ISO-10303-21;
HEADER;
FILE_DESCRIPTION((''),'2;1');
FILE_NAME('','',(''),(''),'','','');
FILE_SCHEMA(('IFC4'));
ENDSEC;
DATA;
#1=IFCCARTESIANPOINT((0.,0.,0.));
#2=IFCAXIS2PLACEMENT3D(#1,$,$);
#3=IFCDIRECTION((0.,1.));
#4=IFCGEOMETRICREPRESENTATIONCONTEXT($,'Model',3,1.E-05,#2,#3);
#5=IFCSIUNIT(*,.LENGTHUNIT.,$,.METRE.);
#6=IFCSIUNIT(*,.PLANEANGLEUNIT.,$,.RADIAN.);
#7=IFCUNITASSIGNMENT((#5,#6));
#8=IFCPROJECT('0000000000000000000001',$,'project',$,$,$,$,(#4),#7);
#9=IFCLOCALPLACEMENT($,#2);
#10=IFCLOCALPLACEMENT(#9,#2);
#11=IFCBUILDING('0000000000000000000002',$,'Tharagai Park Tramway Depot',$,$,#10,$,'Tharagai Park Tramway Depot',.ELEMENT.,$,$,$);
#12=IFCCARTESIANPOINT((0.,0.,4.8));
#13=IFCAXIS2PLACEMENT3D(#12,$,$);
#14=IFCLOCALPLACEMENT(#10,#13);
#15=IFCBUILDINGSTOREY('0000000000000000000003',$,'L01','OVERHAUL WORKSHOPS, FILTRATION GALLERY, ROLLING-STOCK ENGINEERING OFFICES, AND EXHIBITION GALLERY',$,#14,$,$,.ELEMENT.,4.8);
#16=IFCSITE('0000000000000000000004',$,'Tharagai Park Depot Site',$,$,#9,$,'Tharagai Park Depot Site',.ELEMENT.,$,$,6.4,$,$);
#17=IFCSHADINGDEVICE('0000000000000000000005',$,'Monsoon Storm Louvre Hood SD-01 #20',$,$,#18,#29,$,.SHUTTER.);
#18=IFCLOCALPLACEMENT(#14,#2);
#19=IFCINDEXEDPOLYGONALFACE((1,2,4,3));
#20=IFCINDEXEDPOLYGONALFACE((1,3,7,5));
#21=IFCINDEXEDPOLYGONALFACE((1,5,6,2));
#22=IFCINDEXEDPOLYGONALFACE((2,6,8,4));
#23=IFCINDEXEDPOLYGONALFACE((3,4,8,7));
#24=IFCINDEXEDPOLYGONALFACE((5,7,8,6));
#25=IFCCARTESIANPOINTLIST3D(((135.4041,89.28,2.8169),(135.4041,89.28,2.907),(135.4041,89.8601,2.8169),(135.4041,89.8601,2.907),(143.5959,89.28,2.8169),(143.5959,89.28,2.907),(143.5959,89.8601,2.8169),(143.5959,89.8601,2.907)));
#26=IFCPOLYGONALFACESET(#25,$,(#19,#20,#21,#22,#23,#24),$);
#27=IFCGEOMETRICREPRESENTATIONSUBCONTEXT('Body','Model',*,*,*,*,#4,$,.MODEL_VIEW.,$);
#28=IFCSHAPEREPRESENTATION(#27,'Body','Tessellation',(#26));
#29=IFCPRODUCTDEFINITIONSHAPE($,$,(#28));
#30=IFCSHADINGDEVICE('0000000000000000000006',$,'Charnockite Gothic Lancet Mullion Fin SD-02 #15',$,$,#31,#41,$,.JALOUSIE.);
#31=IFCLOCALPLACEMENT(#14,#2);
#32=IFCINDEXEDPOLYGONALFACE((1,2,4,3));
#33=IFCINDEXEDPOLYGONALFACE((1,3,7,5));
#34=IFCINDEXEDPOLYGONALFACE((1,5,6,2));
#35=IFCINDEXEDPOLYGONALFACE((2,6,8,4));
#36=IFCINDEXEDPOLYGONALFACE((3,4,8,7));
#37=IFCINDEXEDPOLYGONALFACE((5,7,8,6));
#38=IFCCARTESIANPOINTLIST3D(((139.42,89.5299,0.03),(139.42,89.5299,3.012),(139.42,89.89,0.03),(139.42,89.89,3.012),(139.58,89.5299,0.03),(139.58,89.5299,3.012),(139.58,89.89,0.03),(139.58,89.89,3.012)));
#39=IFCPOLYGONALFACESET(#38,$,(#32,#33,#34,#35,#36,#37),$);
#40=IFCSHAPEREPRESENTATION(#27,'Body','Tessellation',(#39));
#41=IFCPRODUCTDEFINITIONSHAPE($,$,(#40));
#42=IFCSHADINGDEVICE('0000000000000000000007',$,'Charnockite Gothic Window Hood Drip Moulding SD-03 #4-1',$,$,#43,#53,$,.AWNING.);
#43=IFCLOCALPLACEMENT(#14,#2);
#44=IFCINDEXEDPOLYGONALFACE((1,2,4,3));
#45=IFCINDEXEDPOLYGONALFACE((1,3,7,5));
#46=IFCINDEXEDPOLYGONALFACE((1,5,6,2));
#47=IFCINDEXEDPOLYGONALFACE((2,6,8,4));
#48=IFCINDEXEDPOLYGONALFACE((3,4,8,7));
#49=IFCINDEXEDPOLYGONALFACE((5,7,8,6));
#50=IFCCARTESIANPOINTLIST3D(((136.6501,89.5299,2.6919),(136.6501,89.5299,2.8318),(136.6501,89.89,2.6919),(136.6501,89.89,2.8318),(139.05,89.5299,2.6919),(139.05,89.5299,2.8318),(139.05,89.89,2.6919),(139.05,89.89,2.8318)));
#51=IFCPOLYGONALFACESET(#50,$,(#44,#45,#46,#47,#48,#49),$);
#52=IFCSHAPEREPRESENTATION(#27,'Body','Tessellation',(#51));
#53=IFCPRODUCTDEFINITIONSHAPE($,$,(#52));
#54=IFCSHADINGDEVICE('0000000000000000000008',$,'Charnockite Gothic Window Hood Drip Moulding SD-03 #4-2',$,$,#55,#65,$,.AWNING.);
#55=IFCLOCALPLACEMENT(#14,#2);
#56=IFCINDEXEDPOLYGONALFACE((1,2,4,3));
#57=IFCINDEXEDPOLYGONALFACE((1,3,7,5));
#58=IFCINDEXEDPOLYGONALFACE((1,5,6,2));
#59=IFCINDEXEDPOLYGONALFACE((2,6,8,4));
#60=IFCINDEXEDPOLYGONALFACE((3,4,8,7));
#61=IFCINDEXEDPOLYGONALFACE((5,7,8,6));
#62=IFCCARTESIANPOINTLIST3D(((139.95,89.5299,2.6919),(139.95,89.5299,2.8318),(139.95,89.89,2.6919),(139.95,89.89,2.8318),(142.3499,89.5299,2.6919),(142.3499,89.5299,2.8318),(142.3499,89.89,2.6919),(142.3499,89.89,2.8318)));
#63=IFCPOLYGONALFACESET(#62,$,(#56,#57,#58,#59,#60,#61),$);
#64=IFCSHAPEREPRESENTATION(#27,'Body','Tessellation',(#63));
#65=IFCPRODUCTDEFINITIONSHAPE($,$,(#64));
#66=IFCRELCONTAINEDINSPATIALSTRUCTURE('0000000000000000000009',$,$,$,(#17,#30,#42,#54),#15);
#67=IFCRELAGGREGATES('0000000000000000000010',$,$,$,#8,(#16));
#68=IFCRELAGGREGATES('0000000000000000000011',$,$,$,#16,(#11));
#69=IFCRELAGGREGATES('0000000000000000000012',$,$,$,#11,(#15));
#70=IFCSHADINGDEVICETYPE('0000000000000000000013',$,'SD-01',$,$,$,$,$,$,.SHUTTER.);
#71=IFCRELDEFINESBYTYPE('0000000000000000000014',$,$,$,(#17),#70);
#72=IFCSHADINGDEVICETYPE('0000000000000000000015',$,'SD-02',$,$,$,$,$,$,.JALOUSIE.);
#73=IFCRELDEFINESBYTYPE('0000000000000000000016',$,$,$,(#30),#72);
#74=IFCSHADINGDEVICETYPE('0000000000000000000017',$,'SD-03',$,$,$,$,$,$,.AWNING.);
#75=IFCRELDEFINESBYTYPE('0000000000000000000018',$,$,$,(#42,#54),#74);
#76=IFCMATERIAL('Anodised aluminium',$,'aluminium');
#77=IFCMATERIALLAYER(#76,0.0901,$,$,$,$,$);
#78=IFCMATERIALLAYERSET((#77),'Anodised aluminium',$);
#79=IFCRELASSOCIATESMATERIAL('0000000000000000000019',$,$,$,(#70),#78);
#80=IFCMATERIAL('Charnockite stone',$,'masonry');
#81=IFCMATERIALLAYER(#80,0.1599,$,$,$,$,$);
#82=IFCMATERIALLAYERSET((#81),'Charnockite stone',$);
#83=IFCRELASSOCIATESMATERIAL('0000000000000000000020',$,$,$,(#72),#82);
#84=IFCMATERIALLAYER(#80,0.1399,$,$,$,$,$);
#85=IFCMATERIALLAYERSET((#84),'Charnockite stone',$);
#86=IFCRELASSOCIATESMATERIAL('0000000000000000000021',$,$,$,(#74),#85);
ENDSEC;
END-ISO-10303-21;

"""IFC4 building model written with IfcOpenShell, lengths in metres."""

from ifc_helpers import new_model, si_unit, direction, frame, origin, origin_2d, place, context, subcontext, project, spatial, rectangle, extrude, material, layer, layer_set, type_object, element, save


model = new_model("IFC4")

# Units and contexts
model_context = context("Model", 3, precision=1e-05, world=origin(), true_north=direction((0.0, 1.0)))
body_context = subcontext(model_context, "Body", "Model", "MODEL_VIEW")
ifc_project = project(units=[si_unit("LENGTHUNIT", "METRE"), si_unit("PLANEANGLEUNIT", "RADIAN")], contexts=[model_context])

# Site, building, storey
site_placement = place(None, origin())
site = spatial("IfcSite", under=ifc_project, at=site_placement, Name="Tharagai Park Depot Site", LongName="Tharagai Park Depot Site", CompositionType="ELEMENT", RefElevation=6.4)
building_placement = place(site_placement, origin())
building = spatial("IfcBuilding", under=site, at=building_placement, Name="Tharagai Park Tramway Depot", LongName="Tharagai Park Tramway Depot", CompositionType="ELEMENT")
storey_placement = place(building_placement, frame((0.0, 0.0, 4.8)))
storey = spatial("IfcBuildingStorey", under=building, at=storey_placement, Name="L01", Description="OVERHAUL WORKSHOPS, FILTRATION GALLERY, ROLLING-STOCK ENGINEERING OFFICES, AND EXHIBITION GALLERY", CompositionType="ELEMENT", Elevation=4.8)

# Shared definitions
ifc_material_1 = material(Name="Anodised aluminium", Category="aluminium")

# Shared definitions
ifc_material_2 = material(Name="Charnockite stone", Category="masonry")

# Shading devices
ifc_layer_1 = layer(ifc_material_1, 0.0901)
ifc_layer_set_1 = layer_set([ifc_layer_1], Name="Anodised aluminium")
shading_device_type_1 = type_object("IfcShadingDeviceType", Name="SD-01", PredefinedType="SHUTTER", material=ifc_layer_set_1)
shading_device_1_placement = place(storey_placement, frame((139.5, 89.5701, 2.8169), z_axis=(0.0, 0.0, 1.0), x_axis=(1.0, 0.0, 0.0)))
element("IfcShadingDevice", 1, at=shading_device_1_placement, inside=storey, type_object=shading_device_type_1, Name="Monsoon Storm Louvre Hood SD-01 #20", PredefinedType="SHUTTER", context=body_context, shape_type="SweptSolid", body=[
    extrude(rectangle(XDim=8.1919, YDim=0.5801, at=origin_2d()), origin(), (0.0, 0.0, 1.0), 0.0901),
])
ifc_layer_2 = layer(ifc_material_2, 0.1599)
ifc_layer_set_2 = layer_set([ifc_layer_2], Name="Charnockite stone")
shading_device_type_2 = type_object("IfcShadingDeviceType", Name="SD-02", PredefinedType="JALOUSIE", material=ifc_layer_set_2)
shading_device_2_placement = place(storey_placement, frame((139.5, 89.71, 0.03), z_axis=(0.0, 0.0, 1.0), x_axis=(1.0, 0.0, 0.0)))
element("IfcShadingDevice", 2, at=shading_device_2_placement, inside=storey, type_object=shading_device_type_2, Name="Charnockite Gothic Lancet Mullion Fin SD-02 #15", PredefinedType="JALOUSIE", context=body_context, shape_type="SweptSolid", body=[
    extrude(rectangle(XDim=0.1599, YDim=0.3601, at=origin_2d()), origin(), (0.0, 0.0, 1.0), 2.9819),
])
ifc_layer_3 = layer(ifc_material_2, 0.1399)
ifc_layer_set_3 = layer_set([ifc_layer_3], Name="Charnockite stone")
shading_device_type_3 = type_object("IfcShadingDeviceType", Name="SD-03", PredefinedType="AWNING", material=ifc_layer_set_3)
for number, where, z_axis, x_axis, name in (
    (3, (137.8501, 89.71, 2.6919), (0.0, 0.0, 1.0), (1.0, 0.0, 0.0), "Charnockite Gothic Window Hood Drip Moulding SD-03 #4-1"),
    (4, (141.1499, 89.71, 2.6919), (0.0, 0.0, 1.0), (1.0, 0.0, 0.0), "Charnockite Gothic Window Hood Drip Moulding SD-03 #4-2"),
):
    element("IfcShadingDevice", number, at=place(storey_placement, frame(where, z_axis=z_axis, x_axis=x_axis)), inside=storey, type_object=shading_device_type_3, Name=name, PredefinedType="AWNING", context=body_context, shape_type="SweptSolid", body=[
        extrude(rectangle(XDim=2.3999, YDim=0.3601, at=origin_2d()), origin(), (0.0, 0.0, 1.0), 0.1399),
    ])

save(model, "model.ifc")
